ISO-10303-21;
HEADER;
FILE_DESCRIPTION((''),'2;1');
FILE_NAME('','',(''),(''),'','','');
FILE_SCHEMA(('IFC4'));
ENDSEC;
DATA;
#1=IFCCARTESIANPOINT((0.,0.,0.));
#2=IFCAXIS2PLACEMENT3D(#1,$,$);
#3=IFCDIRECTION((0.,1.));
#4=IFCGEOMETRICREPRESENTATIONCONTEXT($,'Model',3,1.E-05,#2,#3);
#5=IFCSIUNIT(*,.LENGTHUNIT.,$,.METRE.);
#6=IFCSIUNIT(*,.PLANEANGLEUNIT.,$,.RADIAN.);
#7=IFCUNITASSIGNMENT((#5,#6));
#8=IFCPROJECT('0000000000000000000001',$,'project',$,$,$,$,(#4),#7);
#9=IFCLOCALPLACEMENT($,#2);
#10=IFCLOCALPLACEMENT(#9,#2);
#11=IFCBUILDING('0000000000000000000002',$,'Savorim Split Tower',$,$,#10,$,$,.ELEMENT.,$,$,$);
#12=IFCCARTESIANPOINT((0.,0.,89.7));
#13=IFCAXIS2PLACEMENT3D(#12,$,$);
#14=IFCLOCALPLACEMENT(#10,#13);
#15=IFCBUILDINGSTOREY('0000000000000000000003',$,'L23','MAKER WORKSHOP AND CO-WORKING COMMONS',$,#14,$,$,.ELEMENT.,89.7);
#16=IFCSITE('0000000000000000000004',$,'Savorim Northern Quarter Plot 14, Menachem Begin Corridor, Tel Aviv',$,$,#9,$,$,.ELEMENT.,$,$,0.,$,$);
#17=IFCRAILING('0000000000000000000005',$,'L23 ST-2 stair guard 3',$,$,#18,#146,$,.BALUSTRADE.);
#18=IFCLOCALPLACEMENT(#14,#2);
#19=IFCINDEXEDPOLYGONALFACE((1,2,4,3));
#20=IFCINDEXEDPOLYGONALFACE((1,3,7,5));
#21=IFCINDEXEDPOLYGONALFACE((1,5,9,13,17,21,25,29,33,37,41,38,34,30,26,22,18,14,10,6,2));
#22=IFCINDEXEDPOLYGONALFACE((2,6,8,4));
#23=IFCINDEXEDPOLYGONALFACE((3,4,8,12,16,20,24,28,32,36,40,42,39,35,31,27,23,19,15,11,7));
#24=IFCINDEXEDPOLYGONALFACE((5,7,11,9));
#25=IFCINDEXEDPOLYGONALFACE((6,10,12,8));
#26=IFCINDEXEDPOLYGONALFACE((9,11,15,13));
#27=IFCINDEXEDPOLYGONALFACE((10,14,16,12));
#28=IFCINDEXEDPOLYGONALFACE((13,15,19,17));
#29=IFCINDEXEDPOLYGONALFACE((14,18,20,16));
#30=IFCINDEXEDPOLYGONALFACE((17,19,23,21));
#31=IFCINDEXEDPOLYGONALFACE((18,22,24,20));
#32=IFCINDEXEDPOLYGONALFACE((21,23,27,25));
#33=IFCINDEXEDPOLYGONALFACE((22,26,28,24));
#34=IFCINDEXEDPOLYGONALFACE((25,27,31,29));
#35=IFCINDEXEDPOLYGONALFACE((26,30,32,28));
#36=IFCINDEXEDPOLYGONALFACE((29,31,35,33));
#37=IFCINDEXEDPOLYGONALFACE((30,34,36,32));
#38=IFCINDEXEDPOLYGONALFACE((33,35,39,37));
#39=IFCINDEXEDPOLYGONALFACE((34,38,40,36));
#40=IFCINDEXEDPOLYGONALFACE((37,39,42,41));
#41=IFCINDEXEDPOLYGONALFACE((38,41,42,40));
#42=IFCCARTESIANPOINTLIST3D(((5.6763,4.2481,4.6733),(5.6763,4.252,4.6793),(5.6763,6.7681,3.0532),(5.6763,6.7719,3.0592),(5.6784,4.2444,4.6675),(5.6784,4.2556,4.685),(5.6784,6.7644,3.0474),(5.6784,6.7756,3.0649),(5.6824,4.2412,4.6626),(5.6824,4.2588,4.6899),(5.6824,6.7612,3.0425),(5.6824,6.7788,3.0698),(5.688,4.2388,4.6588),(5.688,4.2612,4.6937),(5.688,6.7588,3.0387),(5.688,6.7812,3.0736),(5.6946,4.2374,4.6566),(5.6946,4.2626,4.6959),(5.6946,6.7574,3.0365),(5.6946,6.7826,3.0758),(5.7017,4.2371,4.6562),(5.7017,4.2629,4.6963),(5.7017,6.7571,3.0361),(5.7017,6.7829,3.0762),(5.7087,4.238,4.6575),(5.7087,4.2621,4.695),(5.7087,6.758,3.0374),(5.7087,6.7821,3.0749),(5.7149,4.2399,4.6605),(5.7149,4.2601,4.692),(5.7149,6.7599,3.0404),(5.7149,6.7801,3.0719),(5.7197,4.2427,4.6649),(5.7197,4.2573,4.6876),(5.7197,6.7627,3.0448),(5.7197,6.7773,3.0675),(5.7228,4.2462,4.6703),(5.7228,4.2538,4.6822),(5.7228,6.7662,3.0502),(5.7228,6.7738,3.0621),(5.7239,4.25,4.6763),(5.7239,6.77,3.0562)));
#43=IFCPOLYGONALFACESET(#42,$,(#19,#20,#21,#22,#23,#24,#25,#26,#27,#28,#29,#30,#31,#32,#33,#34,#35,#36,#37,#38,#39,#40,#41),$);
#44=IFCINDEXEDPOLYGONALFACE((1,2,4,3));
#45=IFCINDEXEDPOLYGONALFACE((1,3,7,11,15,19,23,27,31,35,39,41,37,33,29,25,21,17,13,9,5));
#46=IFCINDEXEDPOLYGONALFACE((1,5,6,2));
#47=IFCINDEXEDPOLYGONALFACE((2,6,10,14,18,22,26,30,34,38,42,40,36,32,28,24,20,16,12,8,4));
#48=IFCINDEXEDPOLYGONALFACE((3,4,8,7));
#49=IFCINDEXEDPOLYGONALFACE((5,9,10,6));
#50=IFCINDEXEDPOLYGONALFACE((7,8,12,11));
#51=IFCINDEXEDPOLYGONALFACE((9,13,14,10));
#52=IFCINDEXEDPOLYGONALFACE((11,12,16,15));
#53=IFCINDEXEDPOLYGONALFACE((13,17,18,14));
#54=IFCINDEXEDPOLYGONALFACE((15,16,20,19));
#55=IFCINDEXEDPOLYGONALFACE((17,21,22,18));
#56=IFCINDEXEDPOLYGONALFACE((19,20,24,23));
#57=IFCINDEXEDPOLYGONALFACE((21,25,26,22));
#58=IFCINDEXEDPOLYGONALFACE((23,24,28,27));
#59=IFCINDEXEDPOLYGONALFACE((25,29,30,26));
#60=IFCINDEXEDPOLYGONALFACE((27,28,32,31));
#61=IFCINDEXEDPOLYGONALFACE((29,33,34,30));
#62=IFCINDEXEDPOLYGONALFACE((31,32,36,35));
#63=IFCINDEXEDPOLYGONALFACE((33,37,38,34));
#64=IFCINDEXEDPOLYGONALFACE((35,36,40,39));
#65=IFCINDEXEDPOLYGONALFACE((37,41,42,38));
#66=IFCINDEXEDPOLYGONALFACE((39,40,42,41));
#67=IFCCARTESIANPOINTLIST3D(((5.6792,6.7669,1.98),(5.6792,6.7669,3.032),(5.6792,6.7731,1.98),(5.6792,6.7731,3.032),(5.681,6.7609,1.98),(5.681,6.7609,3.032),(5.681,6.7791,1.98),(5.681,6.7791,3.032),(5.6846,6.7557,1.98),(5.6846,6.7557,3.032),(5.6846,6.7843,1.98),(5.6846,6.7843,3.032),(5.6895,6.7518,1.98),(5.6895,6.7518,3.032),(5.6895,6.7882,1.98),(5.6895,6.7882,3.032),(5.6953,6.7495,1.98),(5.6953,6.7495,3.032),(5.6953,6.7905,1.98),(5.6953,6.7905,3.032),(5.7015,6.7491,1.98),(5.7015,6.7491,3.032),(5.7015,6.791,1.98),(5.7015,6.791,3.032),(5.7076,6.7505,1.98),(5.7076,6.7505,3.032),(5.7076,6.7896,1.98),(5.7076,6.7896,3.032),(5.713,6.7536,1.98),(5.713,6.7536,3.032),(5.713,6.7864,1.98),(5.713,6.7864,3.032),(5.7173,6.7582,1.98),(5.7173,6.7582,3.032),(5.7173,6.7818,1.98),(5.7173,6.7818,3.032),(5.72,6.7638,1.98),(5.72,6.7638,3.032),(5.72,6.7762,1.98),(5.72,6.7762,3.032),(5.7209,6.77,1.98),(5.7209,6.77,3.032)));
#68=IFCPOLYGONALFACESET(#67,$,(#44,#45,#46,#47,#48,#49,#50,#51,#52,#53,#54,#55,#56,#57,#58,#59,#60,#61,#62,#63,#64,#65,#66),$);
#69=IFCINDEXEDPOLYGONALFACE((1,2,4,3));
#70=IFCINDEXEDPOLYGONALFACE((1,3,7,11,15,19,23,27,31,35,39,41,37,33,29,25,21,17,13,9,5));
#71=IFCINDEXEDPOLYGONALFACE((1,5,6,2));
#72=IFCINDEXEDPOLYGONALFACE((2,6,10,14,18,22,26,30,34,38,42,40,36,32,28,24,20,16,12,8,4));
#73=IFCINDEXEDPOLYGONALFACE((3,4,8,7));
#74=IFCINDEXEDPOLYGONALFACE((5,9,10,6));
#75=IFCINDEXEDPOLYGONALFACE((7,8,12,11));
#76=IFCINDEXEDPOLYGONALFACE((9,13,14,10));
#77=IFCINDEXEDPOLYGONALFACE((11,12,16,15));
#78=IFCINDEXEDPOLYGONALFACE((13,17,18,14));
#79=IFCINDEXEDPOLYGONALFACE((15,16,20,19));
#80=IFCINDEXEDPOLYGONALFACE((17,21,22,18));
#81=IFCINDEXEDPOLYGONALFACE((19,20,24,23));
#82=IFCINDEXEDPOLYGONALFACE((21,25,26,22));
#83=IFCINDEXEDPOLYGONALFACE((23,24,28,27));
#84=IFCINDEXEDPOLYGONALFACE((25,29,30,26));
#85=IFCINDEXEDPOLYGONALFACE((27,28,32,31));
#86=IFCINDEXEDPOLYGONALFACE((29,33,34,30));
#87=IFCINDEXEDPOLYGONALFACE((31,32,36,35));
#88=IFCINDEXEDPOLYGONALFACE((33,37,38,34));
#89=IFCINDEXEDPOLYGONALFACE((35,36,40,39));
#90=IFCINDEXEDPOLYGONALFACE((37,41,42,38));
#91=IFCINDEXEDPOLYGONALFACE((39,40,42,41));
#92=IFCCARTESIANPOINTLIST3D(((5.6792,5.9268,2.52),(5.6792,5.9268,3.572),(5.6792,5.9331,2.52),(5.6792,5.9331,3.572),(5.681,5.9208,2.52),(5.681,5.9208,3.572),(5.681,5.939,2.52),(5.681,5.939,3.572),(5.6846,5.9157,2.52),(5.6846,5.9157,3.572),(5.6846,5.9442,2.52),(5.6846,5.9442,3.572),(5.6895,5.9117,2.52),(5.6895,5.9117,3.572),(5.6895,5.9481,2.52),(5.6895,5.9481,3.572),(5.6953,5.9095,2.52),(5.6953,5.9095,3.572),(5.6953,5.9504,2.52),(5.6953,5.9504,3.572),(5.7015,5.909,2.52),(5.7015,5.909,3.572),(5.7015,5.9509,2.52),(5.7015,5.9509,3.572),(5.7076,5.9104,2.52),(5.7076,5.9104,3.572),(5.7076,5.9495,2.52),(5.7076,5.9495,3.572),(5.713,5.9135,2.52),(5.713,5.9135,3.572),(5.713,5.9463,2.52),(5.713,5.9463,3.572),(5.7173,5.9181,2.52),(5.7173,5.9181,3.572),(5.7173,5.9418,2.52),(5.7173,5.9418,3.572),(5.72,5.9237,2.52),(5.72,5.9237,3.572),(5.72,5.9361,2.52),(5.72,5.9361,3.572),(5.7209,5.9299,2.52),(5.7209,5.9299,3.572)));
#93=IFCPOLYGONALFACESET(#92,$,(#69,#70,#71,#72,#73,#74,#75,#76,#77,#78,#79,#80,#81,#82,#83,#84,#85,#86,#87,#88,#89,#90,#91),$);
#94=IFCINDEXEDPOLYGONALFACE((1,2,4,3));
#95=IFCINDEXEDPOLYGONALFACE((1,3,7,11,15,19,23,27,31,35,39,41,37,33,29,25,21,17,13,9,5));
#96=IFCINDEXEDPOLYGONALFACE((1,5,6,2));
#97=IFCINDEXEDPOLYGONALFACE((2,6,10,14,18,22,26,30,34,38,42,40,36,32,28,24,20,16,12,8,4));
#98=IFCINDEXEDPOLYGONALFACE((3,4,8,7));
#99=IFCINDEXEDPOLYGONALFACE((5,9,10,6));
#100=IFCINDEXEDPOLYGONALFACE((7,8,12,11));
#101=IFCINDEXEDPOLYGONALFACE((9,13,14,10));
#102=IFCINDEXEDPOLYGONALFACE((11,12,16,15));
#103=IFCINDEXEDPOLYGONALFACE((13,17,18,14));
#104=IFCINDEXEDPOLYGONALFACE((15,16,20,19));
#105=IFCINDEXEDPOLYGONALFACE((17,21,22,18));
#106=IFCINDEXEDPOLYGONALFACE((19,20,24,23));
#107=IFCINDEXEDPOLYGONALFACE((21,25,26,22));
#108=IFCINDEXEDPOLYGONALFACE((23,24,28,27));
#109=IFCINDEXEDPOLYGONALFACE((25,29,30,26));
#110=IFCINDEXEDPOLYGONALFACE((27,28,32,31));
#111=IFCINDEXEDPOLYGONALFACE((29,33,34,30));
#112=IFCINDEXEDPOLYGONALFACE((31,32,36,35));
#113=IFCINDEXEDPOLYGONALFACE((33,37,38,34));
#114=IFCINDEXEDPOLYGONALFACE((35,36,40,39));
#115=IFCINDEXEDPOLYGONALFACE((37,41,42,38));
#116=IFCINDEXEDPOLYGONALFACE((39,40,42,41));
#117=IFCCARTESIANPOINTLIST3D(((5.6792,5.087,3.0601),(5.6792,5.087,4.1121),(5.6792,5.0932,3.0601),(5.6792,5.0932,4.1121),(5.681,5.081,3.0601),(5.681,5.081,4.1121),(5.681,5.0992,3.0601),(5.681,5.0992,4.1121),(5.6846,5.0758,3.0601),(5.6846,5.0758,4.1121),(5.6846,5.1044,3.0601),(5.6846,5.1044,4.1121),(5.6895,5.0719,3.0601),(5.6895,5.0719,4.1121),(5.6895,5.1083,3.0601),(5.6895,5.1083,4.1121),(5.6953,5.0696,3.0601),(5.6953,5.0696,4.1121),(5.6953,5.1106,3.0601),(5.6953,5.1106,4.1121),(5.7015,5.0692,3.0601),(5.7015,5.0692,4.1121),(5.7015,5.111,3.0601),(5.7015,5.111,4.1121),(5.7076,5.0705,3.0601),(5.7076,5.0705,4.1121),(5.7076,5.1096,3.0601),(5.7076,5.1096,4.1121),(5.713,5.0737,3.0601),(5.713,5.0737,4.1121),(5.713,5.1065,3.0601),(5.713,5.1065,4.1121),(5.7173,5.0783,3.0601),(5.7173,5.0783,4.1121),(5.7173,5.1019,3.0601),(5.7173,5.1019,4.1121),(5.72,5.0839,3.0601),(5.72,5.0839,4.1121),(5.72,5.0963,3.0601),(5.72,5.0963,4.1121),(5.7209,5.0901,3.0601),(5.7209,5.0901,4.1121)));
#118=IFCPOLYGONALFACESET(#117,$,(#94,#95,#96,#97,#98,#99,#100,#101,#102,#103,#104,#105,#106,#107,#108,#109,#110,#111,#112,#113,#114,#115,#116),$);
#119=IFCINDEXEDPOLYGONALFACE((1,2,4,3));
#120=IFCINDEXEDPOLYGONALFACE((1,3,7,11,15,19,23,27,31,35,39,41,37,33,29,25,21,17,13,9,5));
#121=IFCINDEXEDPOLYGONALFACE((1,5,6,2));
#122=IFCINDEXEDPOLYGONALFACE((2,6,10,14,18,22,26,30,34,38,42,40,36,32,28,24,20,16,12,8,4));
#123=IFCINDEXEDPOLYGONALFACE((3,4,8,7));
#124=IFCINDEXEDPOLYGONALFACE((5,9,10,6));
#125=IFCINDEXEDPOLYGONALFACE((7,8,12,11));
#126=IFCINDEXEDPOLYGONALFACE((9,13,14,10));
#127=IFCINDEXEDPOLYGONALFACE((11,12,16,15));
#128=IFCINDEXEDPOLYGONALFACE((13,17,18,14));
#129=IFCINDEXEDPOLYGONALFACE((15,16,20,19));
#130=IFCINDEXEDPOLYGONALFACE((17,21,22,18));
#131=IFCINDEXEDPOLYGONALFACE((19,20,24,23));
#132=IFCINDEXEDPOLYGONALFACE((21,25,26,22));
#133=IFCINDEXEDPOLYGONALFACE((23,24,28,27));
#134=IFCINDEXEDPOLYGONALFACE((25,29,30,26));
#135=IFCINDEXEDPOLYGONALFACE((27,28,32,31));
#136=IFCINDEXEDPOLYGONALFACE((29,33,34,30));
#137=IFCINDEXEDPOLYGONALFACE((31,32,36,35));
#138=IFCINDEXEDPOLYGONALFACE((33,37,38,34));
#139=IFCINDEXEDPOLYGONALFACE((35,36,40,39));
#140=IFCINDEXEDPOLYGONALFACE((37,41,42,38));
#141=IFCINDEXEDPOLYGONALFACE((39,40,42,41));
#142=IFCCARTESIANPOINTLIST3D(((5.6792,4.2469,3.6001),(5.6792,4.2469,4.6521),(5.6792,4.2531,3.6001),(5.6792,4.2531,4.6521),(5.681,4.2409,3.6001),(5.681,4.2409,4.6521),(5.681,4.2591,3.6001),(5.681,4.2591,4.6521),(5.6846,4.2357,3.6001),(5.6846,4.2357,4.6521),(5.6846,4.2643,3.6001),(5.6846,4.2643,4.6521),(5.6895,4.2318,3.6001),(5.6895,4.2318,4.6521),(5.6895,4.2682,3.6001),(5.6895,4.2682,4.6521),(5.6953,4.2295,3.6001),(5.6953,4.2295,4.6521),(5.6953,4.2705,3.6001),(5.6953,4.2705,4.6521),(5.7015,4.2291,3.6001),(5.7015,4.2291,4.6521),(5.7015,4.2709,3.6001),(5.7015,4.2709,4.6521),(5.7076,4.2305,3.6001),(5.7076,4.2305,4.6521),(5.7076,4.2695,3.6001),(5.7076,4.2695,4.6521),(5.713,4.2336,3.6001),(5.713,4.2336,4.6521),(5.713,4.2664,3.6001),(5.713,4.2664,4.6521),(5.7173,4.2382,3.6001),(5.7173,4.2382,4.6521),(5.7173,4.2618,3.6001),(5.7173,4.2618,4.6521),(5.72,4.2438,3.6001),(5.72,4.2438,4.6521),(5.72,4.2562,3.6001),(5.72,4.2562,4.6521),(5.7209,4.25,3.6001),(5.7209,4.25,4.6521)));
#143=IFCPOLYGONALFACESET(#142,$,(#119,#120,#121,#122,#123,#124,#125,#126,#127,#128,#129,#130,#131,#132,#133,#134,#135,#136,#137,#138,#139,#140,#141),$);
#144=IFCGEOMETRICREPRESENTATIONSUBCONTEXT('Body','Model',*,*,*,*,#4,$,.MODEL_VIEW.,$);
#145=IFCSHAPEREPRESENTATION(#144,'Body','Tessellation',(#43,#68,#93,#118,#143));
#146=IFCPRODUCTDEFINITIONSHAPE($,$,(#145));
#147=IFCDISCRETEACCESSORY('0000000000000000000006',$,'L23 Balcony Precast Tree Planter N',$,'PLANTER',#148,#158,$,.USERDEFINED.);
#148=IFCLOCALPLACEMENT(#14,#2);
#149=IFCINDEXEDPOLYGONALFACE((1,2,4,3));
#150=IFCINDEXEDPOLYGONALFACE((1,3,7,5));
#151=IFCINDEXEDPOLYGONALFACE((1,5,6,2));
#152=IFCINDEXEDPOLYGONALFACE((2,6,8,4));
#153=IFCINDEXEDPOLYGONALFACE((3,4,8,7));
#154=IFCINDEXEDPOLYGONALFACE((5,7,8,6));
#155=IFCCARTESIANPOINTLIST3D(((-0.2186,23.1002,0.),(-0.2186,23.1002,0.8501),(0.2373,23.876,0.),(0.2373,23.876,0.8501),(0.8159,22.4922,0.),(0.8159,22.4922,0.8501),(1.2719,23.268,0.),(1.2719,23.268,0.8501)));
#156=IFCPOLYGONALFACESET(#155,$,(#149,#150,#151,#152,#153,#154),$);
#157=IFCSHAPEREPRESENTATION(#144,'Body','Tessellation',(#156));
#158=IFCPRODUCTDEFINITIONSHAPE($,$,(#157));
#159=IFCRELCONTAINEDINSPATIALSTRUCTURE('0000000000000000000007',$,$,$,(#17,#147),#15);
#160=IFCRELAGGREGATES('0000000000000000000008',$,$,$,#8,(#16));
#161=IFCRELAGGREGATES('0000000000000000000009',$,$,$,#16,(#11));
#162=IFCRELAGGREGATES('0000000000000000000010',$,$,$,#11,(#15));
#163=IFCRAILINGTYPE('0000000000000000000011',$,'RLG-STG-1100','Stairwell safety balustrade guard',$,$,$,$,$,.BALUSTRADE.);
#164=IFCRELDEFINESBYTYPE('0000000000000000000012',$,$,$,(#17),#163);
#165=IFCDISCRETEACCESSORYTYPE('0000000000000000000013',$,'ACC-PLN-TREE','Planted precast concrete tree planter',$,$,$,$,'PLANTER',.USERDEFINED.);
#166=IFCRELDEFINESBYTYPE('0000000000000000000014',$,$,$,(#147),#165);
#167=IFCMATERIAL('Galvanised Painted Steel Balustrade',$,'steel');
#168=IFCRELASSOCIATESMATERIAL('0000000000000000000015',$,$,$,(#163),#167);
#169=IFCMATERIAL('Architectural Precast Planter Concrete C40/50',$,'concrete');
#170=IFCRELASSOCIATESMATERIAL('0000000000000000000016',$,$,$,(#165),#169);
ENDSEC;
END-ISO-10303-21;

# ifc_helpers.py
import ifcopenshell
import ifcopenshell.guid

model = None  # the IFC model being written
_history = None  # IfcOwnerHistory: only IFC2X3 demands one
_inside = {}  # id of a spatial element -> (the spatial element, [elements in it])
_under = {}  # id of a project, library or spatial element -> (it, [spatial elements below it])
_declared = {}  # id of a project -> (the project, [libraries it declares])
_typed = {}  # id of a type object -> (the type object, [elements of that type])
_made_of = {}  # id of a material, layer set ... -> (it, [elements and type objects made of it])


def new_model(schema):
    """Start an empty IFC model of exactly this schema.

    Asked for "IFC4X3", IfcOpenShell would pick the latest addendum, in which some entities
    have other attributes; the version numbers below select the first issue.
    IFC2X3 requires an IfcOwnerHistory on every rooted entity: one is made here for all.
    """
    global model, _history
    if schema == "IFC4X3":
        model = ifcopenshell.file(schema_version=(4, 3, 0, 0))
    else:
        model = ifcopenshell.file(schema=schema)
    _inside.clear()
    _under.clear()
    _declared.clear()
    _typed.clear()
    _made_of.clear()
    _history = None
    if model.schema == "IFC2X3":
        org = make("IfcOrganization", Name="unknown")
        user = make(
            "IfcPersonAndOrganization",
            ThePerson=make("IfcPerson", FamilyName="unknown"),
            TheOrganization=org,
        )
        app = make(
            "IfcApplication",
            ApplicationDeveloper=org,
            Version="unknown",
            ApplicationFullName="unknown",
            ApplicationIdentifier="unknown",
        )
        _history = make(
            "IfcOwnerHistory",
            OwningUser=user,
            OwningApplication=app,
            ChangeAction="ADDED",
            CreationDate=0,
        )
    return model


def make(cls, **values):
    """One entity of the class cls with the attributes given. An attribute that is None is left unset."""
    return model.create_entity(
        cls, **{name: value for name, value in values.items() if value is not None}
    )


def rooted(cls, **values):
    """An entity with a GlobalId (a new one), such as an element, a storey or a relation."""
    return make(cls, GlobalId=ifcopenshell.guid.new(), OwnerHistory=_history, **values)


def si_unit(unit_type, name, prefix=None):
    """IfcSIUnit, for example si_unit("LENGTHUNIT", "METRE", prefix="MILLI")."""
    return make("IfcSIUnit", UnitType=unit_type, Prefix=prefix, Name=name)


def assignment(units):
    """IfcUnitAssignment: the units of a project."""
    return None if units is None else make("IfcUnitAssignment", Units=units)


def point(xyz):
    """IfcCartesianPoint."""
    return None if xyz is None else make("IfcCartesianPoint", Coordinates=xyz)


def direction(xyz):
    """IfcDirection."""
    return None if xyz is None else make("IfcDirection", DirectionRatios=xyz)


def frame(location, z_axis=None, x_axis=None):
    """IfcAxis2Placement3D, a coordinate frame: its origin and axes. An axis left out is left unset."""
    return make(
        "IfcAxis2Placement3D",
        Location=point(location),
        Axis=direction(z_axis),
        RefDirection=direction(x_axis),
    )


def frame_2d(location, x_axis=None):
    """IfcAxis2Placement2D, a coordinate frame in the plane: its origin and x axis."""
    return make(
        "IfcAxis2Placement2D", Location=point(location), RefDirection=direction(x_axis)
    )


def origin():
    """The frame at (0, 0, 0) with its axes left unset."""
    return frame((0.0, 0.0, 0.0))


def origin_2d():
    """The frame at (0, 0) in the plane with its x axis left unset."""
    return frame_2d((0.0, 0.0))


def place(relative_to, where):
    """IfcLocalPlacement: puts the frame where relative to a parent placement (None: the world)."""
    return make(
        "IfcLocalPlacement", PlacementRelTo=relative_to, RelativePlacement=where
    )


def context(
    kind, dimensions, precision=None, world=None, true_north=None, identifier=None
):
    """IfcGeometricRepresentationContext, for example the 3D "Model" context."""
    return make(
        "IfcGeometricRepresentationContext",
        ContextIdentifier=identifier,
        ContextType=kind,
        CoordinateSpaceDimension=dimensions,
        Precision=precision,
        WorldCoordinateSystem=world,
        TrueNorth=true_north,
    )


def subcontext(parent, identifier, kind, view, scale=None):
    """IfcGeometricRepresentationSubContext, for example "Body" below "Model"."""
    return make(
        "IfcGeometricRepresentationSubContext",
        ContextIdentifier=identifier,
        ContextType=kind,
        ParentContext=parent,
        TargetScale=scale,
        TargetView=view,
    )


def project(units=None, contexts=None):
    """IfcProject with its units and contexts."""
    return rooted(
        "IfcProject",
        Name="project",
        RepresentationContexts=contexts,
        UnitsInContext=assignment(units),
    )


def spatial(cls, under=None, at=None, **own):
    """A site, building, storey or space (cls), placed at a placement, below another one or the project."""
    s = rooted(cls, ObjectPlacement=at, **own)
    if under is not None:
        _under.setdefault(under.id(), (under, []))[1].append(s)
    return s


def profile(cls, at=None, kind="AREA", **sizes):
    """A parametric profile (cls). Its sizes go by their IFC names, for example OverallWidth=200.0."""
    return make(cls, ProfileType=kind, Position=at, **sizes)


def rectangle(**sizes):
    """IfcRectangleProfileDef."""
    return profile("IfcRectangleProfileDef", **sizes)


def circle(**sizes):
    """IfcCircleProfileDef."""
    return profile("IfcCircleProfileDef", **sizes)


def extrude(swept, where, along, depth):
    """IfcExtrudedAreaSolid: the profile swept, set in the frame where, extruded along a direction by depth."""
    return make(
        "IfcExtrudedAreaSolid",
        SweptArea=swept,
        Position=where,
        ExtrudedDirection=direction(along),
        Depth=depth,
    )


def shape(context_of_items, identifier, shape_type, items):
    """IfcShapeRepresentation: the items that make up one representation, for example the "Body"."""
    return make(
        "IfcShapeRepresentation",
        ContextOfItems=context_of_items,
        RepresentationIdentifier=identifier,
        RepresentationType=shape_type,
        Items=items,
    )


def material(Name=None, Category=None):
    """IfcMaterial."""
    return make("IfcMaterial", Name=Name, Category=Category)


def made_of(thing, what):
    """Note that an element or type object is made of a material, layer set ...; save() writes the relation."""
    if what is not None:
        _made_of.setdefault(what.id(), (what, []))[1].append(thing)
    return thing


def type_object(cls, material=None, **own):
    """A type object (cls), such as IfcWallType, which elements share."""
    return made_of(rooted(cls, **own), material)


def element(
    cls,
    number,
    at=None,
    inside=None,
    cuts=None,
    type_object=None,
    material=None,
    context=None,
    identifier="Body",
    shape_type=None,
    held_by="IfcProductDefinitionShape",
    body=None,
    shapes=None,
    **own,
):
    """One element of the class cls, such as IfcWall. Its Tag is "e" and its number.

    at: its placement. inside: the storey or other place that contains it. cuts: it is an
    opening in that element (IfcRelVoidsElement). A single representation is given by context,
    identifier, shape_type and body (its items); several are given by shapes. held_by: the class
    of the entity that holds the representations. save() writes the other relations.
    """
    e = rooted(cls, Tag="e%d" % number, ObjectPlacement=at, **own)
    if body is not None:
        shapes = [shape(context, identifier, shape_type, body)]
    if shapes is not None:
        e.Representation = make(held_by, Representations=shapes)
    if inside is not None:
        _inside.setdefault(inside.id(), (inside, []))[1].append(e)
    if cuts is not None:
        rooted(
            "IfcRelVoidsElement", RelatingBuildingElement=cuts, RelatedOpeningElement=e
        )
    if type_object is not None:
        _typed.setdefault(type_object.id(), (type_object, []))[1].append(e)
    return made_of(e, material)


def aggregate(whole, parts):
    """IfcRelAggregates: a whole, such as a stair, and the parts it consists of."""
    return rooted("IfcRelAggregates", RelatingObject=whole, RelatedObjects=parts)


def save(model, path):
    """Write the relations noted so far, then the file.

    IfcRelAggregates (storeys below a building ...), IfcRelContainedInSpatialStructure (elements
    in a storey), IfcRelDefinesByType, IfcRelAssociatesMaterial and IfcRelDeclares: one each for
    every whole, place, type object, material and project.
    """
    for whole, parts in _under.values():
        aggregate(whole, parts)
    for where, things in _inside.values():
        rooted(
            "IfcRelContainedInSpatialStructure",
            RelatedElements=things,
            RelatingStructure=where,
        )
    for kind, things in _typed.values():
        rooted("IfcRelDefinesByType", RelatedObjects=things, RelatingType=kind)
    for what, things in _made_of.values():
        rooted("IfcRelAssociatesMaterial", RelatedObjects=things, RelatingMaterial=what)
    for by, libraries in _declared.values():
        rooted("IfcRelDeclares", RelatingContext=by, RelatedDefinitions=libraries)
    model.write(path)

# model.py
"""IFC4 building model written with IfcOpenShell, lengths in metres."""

from ifc_helpers import new_model, si_unit, direction, frame, origin, origin_2d, place, context, subcontext, project, spatial, rectangle, circle, extrude, material, type_object, element, save


model = new_model("IFC4")

# Units and contexts
model_context = context("Model", 3, precision=1e-05, world=origin(), true_north=direction((0.0, 1.0)))
body_context = subcontext(model_context, "Body", "Model", "MODEL_VIEW")
ifc_project = project(units=[si_unit("LENGTHUNIT", "METRE"), si_unit("PLANEANGLEUNIT", "RADIAN")], contexts=[model_context])

# Site, building, storey
site_placement = place(None, origin())
site = spatial("IfcSite", under=ifc_project, at=site_placement, Name="Savorim Northern Quarter Plot 14, Menachem Begin Corridor, Tel Aviv", CompositionType="ELEMENT", RefElevation=0.0)
building_placement = place(site_placement, origin())
building = spatial("IfcBuilding", under=site, at=building_placement, Name="Savorim Split Tower", CompositionType="ELEMENT")
storey_placement = place(building_placement, frame((0.0, 0.0, 89.7)))
storey = spatial("IfcBuildingStorey", under=building, at=storey_placement, Name="L23", Description="MAKER WORKSHOP AND CO-WORKING COMMONS", CompositionType="ELEMENT", Elevation=89.7)

# Railing
ifc_material_1 = material(Name="Galvanised Painted Steel Balustrade", Category="steel")
railing_type_1 = type_object("IfcRailingType", Name="RLG-STG-1100", Description="Stairwell safety balustrade guard", PredefinedType="BALUSTRADE", material=ifc_material_1)
railing_1_placement = place(storey_placement, frame((5.7, 6.77, 1.98)))
element("IfcRailing", 1, at=railing_1_placement, inside=storey, type_object=railing_type_1, Name="L23 ST-2 stair guard 3", PredefinedType="BALUSTRADE", context=body_context, shape_type="SweptSolid", body=[
    extrude(circle(Radius=0.0239, at=origin_2d()), frame((0.0, 0.0, 1.0762), z_axis=(0.0, -0.841163, 0.540782), x_axis=(1.0, 0.0, 0.0)), (0.0, 0.0, 1.0), 2.9958),
    extrude(circle(Radius=0.021, at=origin_2d()), origin(), (0.0, 0.0, 1.0), 1.052),
    extrude(circle(Radius=0.021, at=origin_2d()), frame((0.0, -0.8401, 0.54)), (0.0, 0.0, 1.0), 1.052),
    extrude(circle(Radius=0.021, at=origin_2d()), frame((0.0, -1.6799, 1.0801)), (0.0, 0.0, 1.0), 1.052),
    extrude(circle(Radius=0.021, at=origin_2d()), frame((0.0, -2.52, 1.6201)), (0.0, 0.0, 1.0), 1.052),
])

# Discrete accessory
ifc_material_2 = material(Name="Architectural Precast Planter Concrete C40/50", Category="concrete")
discrete_accessory_type = type_object("IfcDiscreteAccessoryType", Name="ACC-PLN-TREE", Description="Planted precast concrete tree planter", ElementType="PLANTER", PredefinedType="USERDEFINED", material=ifc_material_2)
discrete_accessory_placement = place(storey_placement, frame((0.5266, 23.1841, 0.0), z_axis=(0.0, 0.0, 1.0), x_axis=(-0.862122, 0.5067, 0.0)))
element("IfcDiscreteAccessory", 2, at=discrete_accessory_placement, inside=storey, type_object=discrete_accessory_type, Name="L23 Balcony Precast Tree Planter N", ObjectType="PLANTER", PredefinedType="USERDEFINED", context=body_context, shape_type="SweptSolid", body=[
    extrude(rectangle(XDim=1.2, YDim=0.8999, at=origin_2d()), origin(), (0.0, 0.0, 1.0), 0.8501),
])

save(model, "model.ifc")
